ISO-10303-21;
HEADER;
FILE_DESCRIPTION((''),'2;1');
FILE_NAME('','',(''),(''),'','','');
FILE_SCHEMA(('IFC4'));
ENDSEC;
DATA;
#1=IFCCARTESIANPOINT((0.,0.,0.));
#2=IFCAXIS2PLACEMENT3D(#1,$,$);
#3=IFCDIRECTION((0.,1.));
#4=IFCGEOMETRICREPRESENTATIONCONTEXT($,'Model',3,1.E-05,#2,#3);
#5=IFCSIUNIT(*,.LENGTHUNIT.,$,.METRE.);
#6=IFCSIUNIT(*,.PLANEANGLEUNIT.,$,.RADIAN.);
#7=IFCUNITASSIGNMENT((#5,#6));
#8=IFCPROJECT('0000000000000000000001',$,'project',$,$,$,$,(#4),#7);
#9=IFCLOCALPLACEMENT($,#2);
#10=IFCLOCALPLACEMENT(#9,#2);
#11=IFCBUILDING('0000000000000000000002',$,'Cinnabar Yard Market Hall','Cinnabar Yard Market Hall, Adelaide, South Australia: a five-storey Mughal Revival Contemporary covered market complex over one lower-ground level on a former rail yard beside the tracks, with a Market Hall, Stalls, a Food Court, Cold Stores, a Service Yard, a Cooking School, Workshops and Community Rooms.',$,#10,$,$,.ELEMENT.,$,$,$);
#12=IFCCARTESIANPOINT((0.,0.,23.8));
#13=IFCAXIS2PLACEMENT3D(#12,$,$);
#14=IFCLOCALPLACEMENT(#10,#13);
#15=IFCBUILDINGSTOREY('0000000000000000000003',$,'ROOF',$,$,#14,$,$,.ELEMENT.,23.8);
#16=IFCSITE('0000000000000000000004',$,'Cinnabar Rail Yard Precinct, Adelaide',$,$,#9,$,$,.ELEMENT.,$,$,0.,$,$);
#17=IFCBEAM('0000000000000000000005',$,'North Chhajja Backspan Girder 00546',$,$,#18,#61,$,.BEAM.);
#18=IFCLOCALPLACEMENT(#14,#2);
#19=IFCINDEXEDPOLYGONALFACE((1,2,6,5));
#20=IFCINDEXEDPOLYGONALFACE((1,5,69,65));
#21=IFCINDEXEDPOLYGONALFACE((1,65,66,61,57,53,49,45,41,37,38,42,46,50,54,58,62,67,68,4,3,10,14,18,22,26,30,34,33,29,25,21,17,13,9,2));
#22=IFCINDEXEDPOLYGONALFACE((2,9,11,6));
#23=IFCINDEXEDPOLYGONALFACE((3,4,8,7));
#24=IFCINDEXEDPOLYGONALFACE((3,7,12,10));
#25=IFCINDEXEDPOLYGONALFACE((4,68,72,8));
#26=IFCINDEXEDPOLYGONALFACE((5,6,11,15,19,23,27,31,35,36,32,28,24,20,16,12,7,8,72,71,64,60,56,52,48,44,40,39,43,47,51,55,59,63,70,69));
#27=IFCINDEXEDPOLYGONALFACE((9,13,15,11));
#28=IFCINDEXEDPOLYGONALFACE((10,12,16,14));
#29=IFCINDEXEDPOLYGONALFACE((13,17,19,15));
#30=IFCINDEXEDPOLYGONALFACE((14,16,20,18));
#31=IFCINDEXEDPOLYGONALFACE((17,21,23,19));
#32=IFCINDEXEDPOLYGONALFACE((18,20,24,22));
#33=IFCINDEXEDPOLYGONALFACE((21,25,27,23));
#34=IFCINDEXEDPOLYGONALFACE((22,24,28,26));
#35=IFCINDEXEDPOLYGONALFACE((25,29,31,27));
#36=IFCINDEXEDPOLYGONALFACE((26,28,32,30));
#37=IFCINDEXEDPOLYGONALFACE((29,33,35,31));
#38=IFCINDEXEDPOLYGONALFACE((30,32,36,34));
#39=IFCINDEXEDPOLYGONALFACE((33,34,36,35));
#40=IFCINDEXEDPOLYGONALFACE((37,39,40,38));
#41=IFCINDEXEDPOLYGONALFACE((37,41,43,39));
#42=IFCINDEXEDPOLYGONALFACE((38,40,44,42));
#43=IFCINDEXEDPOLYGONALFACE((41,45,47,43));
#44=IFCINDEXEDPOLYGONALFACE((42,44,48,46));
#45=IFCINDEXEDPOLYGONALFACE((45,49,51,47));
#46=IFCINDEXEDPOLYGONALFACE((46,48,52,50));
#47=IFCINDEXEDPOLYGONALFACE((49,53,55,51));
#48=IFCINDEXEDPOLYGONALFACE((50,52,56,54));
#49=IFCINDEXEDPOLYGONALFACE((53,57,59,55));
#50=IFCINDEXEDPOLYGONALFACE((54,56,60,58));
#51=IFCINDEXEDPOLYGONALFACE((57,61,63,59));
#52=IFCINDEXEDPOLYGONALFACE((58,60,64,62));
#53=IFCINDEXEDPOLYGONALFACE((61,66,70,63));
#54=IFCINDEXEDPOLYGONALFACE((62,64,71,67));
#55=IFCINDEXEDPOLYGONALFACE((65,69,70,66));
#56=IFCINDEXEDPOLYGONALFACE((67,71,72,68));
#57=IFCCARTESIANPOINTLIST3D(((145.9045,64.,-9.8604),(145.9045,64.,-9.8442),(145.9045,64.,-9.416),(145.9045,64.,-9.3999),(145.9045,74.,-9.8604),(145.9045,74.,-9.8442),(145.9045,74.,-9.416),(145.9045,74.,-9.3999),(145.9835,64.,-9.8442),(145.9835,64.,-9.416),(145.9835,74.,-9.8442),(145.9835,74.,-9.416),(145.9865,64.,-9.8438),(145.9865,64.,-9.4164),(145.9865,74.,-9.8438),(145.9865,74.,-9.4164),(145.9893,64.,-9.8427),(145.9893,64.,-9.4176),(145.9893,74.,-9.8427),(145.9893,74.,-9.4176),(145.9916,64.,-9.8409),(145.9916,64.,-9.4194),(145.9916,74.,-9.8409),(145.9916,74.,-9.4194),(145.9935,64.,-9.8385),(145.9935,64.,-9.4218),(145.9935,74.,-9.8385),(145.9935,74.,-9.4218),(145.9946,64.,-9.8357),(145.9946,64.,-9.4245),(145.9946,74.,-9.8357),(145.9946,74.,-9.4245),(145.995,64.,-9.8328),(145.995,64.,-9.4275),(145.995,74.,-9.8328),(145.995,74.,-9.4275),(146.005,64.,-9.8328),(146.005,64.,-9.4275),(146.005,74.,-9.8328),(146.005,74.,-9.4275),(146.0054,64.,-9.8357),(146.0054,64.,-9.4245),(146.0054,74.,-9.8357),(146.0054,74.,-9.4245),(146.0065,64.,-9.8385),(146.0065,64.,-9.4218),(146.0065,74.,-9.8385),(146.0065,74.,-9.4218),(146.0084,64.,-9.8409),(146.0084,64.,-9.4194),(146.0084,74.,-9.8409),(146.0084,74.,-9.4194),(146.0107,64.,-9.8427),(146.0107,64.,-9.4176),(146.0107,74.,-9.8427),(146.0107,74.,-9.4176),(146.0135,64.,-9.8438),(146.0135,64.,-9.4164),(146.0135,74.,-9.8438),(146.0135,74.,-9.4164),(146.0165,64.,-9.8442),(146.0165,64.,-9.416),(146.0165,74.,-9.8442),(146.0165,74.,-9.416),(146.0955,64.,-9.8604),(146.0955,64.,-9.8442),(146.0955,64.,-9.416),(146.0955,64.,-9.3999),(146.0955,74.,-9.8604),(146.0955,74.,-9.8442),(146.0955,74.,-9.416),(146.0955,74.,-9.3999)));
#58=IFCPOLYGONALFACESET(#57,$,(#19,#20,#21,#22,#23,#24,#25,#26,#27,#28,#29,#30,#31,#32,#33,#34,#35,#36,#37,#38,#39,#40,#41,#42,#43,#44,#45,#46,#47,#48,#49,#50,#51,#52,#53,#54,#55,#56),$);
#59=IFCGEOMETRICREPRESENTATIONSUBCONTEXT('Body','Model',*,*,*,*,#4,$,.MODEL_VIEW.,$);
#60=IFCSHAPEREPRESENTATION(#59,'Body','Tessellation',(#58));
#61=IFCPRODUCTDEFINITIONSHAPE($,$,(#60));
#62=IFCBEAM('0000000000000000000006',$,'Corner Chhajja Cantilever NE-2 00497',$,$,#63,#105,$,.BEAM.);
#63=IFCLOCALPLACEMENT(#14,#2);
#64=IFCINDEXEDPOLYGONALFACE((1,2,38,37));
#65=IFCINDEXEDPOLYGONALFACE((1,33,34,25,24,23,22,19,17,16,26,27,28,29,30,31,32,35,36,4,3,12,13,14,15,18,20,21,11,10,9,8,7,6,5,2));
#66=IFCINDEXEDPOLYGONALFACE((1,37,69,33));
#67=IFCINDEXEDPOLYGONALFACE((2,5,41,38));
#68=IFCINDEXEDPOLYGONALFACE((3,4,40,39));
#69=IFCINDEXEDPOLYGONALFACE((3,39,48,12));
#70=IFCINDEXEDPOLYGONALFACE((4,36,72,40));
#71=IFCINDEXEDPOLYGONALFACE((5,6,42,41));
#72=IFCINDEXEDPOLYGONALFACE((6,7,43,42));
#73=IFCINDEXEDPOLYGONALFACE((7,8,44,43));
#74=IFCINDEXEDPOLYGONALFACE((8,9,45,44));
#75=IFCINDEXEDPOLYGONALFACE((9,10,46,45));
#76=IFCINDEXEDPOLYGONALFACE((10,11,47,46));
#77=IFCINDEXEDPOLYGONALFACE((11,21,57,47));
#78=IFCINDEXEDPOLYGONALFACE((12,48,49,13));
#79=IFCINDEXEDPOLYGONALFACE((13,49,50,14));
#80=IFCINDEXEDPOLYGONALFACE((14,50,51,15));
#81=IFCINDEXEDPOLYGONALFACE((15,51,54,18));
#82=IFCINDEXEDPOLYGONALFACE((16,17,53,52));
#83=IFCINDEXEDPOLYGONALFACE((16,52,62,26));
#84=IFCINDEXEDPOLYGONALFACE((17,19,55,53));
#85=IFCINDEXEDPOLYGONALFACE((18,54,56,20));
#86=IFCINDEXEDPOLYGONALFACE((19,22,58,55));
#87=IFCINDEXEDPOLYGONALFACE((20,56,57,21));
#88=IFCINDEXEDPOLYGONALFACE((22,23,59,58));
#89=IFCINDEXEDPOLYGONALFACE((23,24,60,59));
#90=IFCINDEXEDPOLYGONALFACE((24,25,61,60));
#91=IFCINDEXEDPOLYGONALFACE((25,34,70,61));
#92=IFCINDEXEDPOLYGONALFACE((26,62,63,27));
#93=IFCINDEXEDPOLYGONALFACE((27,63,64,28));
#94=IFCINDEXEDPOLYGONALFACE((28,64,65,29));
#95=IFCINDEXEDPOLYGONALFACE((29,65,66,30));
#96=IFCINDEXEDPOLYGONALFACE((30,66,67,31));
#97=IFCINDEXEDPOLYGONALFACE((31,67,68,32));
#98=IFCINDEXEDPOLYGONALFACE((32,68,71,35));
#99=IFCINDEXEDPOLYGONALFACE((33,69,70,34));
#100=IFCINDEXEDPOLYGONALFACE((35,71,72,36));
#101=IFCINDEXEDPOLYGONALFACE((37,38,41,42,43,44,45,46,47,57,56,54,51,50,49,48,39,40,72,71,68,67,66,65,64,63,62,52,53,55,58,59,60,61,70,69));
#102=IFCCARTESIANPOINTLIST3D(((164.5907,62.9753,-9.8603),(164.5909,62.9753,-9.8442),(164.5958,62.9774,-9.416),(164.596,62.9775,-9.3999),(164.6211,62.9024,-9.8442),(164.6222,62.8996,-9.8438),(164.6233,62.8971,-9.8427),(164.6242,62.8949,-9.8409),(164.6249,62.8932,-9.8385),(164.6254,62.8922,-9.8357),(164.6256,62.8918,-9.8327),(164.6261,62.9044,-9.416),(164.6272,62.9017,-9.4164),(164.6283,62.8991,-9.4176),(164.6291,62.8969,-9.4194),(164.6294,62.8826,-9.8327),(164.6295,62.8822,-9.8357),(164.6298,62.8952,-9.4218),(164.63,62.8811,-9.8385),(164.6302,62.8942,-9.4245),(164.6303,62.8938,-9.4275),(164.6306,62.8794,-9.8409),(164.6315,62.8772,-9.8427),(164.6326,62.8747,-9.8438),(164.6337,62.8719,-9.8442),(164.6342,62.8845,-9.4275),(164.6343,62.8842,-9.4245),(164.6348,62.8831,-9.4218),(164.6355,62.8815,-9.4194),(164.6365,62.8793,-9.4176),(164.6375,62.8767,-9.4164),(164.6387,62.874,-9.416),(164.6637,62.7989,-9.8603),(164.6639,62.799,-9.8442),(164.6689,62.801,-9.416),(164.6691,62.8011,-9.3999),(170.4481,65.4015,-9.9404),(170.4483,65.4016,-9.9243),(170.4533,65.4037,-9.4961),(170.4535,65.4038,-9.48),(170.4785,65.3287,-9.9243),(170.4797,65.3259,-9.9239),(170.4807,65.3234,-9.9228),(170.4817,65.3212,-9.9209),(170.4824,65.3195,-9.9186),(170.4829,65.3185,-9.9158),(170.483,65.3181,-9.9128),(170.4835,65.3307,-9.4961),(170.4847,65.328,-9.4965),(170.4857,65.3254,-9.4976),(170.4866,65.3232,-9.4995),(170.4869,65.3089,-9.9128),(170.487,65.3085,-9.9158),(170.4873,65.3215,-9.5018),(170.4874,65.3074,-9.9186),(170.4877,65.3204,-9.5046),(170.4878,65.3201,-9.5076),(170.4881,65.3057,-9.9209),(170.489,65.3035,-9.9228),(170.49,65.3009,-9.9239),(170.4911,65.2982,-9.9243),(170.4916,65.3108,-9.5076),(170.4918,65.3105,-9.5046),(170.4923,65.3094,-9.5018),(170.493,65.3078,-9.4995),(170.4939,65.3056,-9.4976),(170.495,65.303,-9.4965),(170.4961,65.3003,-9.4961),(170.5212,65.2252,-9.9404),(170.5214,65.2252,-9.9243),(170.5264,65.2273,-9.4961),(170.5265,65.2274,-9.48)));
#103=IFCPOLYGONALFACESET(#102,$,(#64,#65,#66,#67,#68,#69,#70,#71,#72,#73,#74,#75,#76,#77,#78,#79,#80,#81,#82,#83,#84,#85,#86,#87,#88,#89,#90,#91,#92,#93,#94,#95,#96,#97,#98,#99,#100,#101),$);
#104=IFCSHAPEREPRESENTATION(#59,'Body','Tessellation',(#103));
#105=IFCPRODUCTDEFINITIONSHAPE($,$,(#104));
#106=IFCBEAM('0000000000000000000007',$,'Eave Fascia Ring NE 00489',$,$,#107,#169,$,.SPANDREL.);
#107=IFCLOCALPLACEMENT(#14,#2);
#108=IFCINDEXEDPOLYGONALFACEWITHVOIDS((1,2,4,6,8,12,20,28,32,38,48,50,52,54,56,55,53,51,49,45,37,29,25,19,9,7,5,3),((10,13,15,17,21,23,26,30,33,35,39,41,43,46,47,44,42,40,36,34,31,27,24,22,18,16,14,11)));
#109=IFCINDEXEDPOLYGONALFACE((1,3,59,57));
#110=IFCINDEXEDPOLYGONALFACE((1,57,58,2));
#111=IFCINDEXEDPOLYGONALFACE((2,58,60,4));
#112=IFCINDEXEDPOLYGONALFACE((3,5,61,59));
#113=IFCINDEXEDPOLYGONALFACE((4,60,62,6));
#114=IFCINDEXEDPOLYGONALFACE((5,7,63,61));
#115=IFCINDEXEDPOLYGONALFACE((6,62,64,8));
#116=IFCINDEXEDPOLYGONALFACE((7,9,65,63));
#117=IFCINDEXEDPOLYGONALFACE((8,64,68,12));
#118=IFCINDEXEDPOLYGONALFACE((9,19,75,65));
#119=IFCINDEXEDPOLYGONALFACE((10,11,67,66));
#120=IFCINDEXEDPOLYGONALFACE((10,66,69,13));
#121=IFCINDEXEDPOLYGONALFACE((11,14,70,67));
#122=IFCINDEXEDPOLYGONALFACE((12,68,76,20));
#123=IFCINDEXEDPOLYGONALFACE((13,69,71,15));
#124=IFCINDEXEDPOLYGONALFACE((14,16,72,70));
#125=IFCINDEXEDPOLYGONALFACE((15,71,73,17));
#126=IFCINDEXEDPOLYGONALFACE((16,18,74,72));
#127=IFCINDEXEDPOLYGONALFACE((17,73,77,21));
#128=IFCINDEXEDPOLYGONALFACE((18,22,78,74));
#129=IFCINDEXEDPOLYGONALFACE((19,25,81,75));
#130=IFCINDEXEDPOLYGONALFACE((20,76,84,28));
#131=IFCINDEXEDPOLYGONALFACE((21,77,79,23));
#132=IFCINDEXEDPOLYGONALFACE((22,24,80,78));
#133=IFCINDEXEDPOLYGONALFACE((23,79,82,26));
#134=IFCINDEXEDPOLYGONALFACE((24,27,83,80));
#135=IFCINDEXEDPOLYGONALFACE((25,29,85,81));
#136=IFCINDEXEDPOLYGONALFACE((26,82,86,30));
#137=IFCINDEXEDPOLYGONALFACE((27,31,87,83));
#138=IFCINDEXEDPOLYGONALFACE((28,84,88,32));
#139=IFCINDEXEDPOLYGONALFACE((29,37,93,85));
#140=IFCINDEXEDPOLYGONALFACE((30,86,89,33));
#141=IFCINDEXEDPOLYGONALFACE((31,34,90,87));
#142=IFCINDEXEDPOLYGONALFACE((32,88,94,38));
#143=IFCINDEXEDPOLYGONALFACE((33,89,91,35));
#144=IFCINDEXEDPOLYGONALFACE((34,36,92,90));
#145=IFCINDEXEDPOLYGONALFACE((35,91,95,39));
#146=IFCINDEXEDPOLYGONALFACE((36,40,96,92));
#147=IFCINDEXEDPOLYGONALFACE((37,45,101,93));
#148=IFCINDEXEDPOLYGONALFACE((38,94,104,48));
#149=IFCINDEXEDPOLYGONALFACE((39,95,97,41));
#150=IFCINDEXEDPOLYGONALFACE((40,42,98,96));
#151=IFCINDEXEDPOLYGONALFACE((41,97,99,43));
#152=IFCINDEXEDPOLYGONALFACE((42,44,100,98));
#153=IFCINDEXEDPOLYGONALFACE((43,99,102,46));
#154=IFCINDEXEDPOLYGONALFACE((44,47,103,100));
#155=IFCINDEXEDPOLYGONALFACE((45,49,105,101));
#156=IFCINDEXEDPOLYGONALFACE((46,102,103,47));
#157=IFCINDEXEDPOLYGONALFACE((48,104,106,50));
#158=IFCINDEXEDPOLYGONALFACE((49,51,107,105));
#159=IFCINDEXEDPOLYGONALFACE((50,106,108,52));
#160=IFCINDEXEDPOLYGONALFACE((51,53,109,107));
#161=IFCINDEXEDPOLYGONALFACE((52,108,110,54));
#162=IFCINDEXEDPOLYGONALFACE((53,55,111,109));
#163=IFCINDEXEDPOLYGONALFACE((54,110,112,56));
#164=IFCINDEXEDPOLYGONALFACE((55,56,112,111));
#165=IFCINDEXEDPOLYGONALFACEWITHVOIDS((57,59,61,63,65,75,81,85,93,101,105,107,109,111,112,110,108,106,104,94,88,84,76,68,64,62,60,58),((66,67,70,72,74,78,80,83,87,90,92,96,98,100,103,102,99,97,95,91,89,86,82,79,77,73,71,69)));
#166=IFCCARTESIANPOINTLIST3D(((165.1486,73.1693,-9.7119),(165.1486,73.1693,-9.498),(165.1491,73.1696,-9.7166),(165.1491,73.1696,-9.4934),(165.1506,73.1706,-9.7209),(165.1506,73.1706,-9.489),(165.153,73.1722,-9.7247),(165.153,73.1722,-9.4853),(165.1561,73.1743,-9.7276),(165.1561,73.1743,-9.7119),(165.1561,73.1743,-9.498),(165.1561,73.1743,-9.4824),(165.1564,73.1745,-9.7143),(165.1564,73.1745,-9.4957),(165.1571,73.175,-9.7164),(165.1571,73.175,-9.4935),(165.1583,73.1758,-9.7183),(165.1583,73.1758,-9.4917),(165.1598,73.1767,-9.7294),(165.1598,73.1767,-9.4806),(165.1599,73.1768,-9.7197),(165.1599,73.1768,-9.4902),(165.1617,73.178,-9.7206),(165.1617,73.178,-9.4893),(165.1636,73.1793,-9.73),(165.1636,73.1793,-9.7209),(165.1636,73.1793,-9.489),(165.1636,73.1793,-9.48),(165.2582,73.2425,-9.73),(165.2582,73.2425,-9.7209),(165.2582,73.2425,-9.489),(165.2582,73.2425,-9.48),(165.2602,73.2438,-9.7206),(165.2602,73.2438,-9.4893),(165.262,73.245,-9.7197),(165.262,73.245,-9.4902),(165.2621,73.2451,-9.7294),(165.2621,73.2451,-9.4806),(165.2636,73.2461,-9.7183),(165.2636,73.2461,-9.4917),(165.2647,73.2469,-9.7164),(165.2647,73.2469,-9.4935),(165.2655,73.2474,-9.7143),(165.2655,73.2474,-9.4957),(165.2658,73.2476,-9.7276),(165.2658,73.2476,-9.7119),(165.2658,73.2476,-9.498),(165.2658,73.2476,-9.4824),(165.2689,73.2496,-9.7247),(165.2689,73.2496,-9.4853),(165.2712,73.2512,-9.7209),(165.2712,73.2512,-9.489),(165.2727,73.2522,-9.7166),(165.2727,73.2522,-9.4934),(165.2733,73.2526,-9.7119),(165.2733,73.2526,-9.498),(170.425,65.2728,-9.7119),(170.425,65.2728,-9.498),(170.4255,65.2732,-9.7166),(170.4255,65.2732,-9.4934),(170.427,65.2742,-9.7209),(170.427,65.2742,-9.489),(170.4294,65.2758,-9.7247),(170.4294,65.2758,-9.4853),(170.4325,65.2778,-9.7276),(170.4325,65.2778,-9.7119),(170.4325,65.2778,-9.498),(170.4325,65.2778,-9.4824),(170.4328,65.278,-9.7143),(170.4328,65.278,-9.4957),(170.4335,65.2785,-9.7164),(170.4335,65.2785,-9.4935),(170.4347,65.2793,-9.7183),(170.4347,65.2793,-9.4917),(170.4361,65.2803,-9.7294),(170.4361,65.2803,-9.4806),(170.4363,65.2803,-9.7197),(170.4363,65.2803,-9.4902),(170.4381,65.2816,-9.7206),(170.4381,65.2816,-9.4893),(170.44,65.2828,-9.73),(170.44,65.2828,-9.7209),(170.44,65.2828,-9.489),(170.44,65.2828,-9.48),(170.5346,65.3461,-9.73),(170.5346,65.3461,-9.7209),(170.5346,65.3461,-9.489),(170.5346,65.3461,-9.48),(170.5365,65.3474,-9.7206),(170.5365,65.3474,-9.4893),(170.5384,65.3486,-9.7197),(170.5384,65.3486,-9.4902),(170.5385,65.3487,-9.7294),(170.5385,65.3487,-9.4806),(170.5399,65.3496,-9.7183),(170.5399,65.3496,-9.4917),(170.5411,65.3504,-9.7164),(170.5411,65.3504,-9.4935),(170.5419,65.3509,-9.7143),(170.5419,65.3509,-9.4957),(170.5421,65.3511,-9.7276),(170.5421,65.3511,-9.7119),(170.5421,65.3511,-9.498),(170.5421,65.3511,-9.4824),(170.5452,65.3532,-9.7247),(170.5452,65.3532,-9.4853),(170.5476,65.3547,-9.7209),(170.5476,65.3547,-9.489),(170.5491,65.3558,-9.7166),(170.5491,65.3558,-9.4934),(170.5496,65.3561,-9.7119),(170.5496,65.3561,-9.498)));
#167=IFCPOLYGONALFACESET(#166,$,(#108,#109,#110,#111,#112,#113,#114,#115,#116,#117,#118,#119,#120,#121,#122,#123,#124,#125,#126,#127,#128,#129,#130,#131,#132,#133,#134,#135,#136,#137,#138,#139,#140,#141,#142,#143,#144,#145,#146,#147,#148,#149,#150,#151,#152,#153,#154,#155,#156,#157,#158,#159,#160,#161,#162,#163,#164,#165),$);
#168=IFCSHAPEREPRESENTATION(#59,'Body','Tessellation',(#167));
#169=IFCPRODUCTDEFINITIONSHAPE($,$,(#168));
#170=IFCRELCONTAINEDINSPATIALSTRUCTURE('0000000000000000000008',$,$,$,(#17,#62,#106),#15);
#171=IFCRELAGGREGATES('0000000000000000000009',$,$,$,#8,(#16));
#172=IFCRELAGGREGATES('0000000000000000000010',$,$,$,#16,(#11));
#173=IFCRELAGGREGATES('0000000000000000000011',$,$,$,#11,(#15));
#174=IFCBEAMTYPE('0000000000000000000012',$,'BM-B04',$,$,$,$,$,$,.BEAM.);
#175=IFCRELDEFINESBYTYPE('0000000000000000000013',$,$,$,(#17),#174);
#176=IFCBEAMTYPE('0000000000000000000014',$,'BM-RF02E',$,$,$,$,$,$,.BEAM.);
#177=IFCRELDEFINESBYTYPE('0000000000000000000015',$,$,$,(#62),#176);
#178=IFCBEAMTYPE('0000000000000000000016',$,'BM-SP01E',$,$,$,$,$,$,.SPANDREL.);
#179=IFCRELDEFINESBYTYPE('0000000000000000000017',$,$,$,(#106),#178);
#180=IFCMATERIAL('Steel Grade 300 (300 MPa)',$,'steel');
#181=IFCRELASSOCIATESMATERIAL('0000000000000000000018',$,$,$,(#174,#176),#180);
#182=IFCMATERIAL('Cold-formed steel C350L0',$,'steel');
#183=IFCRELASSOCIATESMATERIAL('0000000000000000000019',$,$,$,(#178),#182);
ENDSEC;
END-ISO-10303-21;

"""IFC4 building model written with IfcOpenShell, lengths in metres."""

from ifc_helpers import new_model, si_unit, direction, frame, origin, origin_2d_with_axis, place, context, subcontext, project, spatial, hollow_rectangle, i_section, extrude, material, material_profile, profile_set, type_object, element, save


model = new_model("IFC4")

# Units and contexts
model_context = context("Model", 3, precision=1e-05, world=origin(), true_north=direction((0.0, 1.0)))
body_context = subcontext(model_context, "Body", "Model", "MODEL_VIEW")
ifc_project = project(units=[si_unit("LENGTHUNIT", "METRE"), si_unit("PLANEANGLEUNIT", "RADIAN")], contexts=[model_context])

# Site, building, storey
site_placement = place(None, origin())
site = spatial("IfcSite", under=ifc_project, at=site_placement, Name="Cinnabar Rail Yard Precinct, Adelaide", CompositionType="ELEMENT", RefElevation=0.0)
building_placement = place(site_placement, origin())
building = spatial("IfcBuilding", under=site, at=building_placement, Name="Cinnabar Yard Market Hall", Description="Cinnabar Yard Market Hall, Adelaide, South Australia: a five-storey Mughal Revival Contemporary covered market complex over one lower-ground level on a former rail yard beside the tracks, with a Market Hall, Stalls, a Food Court, Cold Stores, a Service Yard, a Cooking School, Workshops and Community Rooms.", CompositionType="ELEMENT")
storey_placement = place(building_placement, frame((0.0, 0.0, 23.8)))
storey = spatial("IfcBuildingStorey", under=building, at=storey_placement, Name="ROOF", CompositionType="ELEMENT", Elevation=23.8)

# Beams
ifc_material_1 = material(Name="Steel Grade 300 (300 MPa)", Category="steel")
ifc_material_profile_1 = material_profile(ifc_material_1, i_section(OverallWidth=0.1909, OverallDepth=0.4604, WebThickness=0.01, FlangeThickness=0.0161, FilletRadius=0.0115, at=origin_2d_with_axis()), Name="460UB82.1")
ifc_profile_set_1 = profile_set([ifc_material_profile_1], Name="Steel Grade 300 (300 MPa)")
beam_type_1 = type_object("IfcBeamType", Name="BM-B04", PredefinedType="BEAM", material=ifc_profile_set_1)
for number, where, z_axis, x_axis, name in (
    (1, (146.0, 64.0, -9.6301), (0.0, 1.0, 0.0), (-1.0, 0.0, 0.0), "North Chhajja Backspan Girder 00546"),
):
    element("IfcBeam", number, at=place(storey_placement, frame(where, z_axis=z_axis, x_axis=x_axis)), inside=storey, type_object=beam_type_1, Name=name, PredefinedType="BEAM", context=body_context, shape_type="SweptSolid", body=[
        extrude(i_section(OverallWidth=0.1909, OverallDepth=0.4604, WebThickness=0.01, FlangeThickness=0.0161, FilletRadius=0.0115, at=origin_2d_with_axis()), origin(), (0.0, 0.0, 1.0), 10.0),
    ])
ifc_material_profile_2 = material_profile(ifc_material_1, i_section(OverallWidth=0.1909, OverallDepth=0.4604, WebThickness=0.01, FlangeThickness=0.0161, FilletRadius=0.0115, at=origin_2d_with_axis()), Name="460UB82.1")
ifc_profile_set_2 = profile_set([ifc_material_profile_2], Name="Steel Grade 300 (300 MPa)")
beam_type_2 = type_object("IfcBeamType", Name="BM-RF02E", PredefinedType="BEAM", material=ifc_profile_set_2)
beam_1_placement = place(storey_placement, frame((164.6299, 62.8882, -9.6301), z_axis=(0.923803, 0.382659, -0.01263), x_axis=(-0.38269, 0.923877, 0.0)))
element("IfcBeam", 2, at=beam_1_placement, inside=storey, type_object=beam_type_2, Name="Corner Chhajja Cantilever NE-2 00497", PredefinedType="BEAM", context=body_context, shape_type="SweptSolid", body=[
    extrude(i_section(OverallWidth=0.1909, OverallDepth=0.4604, WebThickness=0.01, FlangeThickness=0.0161, FilletRadius=0.0115, at=origin_2d_with_axis()), origin(), (0.0, 0.0, 1.0), 6.3406),
])
ifc_material_2 = material(Name="Cold-formed steel C350L0", Category="steel")
ifc_material_profile_3 = material_profile(ifc_material_2, hollow_rectangle(XDim=0.1499, YDim=0.25, WallThickness=0.009, InnerFilletRadius=0.009, OuterFilletRadius=0.0181, at=origin_2d_with_axis()), Name="250x150x9.0RHS")
ifc_profile_set_3 = profile_set([ifc_material_profile_3], Name="Cold-formed steel C350L0")
beam_type_3 = type_object("IfcBeamType", Name="BM-SP01E", PredefinedType="SPANDREL", material=ifc_profile_set_3)
beam_2_placement = place(storey_placement, frame((170.4873, 65.3145, -9.605), z_axis=(-0.555578, 0.831465, 0.0), x_axis=(-0.831465, -0.555578, 0.0)))
element("IfcBeam", 3, at=beam_2_placement, inside=storey, type_object=beam_type_3, Name="Eave Fascia Ring NE 00489", PredefinedType="SPANDREL", context=body_context, shape_type="SweptSolid", body=[
    extrude(hollow_rectangle(XDim=0.1499, YDim=0.25, WallThickness=0.009, InnerFilletRadius=0.009, OuterFilletRadius=0.0181, at=origin_2d_with_axis()), origin(), (0.0, 0.0, 1.0), 9.4971),
])

save(model, "model.ifc")
